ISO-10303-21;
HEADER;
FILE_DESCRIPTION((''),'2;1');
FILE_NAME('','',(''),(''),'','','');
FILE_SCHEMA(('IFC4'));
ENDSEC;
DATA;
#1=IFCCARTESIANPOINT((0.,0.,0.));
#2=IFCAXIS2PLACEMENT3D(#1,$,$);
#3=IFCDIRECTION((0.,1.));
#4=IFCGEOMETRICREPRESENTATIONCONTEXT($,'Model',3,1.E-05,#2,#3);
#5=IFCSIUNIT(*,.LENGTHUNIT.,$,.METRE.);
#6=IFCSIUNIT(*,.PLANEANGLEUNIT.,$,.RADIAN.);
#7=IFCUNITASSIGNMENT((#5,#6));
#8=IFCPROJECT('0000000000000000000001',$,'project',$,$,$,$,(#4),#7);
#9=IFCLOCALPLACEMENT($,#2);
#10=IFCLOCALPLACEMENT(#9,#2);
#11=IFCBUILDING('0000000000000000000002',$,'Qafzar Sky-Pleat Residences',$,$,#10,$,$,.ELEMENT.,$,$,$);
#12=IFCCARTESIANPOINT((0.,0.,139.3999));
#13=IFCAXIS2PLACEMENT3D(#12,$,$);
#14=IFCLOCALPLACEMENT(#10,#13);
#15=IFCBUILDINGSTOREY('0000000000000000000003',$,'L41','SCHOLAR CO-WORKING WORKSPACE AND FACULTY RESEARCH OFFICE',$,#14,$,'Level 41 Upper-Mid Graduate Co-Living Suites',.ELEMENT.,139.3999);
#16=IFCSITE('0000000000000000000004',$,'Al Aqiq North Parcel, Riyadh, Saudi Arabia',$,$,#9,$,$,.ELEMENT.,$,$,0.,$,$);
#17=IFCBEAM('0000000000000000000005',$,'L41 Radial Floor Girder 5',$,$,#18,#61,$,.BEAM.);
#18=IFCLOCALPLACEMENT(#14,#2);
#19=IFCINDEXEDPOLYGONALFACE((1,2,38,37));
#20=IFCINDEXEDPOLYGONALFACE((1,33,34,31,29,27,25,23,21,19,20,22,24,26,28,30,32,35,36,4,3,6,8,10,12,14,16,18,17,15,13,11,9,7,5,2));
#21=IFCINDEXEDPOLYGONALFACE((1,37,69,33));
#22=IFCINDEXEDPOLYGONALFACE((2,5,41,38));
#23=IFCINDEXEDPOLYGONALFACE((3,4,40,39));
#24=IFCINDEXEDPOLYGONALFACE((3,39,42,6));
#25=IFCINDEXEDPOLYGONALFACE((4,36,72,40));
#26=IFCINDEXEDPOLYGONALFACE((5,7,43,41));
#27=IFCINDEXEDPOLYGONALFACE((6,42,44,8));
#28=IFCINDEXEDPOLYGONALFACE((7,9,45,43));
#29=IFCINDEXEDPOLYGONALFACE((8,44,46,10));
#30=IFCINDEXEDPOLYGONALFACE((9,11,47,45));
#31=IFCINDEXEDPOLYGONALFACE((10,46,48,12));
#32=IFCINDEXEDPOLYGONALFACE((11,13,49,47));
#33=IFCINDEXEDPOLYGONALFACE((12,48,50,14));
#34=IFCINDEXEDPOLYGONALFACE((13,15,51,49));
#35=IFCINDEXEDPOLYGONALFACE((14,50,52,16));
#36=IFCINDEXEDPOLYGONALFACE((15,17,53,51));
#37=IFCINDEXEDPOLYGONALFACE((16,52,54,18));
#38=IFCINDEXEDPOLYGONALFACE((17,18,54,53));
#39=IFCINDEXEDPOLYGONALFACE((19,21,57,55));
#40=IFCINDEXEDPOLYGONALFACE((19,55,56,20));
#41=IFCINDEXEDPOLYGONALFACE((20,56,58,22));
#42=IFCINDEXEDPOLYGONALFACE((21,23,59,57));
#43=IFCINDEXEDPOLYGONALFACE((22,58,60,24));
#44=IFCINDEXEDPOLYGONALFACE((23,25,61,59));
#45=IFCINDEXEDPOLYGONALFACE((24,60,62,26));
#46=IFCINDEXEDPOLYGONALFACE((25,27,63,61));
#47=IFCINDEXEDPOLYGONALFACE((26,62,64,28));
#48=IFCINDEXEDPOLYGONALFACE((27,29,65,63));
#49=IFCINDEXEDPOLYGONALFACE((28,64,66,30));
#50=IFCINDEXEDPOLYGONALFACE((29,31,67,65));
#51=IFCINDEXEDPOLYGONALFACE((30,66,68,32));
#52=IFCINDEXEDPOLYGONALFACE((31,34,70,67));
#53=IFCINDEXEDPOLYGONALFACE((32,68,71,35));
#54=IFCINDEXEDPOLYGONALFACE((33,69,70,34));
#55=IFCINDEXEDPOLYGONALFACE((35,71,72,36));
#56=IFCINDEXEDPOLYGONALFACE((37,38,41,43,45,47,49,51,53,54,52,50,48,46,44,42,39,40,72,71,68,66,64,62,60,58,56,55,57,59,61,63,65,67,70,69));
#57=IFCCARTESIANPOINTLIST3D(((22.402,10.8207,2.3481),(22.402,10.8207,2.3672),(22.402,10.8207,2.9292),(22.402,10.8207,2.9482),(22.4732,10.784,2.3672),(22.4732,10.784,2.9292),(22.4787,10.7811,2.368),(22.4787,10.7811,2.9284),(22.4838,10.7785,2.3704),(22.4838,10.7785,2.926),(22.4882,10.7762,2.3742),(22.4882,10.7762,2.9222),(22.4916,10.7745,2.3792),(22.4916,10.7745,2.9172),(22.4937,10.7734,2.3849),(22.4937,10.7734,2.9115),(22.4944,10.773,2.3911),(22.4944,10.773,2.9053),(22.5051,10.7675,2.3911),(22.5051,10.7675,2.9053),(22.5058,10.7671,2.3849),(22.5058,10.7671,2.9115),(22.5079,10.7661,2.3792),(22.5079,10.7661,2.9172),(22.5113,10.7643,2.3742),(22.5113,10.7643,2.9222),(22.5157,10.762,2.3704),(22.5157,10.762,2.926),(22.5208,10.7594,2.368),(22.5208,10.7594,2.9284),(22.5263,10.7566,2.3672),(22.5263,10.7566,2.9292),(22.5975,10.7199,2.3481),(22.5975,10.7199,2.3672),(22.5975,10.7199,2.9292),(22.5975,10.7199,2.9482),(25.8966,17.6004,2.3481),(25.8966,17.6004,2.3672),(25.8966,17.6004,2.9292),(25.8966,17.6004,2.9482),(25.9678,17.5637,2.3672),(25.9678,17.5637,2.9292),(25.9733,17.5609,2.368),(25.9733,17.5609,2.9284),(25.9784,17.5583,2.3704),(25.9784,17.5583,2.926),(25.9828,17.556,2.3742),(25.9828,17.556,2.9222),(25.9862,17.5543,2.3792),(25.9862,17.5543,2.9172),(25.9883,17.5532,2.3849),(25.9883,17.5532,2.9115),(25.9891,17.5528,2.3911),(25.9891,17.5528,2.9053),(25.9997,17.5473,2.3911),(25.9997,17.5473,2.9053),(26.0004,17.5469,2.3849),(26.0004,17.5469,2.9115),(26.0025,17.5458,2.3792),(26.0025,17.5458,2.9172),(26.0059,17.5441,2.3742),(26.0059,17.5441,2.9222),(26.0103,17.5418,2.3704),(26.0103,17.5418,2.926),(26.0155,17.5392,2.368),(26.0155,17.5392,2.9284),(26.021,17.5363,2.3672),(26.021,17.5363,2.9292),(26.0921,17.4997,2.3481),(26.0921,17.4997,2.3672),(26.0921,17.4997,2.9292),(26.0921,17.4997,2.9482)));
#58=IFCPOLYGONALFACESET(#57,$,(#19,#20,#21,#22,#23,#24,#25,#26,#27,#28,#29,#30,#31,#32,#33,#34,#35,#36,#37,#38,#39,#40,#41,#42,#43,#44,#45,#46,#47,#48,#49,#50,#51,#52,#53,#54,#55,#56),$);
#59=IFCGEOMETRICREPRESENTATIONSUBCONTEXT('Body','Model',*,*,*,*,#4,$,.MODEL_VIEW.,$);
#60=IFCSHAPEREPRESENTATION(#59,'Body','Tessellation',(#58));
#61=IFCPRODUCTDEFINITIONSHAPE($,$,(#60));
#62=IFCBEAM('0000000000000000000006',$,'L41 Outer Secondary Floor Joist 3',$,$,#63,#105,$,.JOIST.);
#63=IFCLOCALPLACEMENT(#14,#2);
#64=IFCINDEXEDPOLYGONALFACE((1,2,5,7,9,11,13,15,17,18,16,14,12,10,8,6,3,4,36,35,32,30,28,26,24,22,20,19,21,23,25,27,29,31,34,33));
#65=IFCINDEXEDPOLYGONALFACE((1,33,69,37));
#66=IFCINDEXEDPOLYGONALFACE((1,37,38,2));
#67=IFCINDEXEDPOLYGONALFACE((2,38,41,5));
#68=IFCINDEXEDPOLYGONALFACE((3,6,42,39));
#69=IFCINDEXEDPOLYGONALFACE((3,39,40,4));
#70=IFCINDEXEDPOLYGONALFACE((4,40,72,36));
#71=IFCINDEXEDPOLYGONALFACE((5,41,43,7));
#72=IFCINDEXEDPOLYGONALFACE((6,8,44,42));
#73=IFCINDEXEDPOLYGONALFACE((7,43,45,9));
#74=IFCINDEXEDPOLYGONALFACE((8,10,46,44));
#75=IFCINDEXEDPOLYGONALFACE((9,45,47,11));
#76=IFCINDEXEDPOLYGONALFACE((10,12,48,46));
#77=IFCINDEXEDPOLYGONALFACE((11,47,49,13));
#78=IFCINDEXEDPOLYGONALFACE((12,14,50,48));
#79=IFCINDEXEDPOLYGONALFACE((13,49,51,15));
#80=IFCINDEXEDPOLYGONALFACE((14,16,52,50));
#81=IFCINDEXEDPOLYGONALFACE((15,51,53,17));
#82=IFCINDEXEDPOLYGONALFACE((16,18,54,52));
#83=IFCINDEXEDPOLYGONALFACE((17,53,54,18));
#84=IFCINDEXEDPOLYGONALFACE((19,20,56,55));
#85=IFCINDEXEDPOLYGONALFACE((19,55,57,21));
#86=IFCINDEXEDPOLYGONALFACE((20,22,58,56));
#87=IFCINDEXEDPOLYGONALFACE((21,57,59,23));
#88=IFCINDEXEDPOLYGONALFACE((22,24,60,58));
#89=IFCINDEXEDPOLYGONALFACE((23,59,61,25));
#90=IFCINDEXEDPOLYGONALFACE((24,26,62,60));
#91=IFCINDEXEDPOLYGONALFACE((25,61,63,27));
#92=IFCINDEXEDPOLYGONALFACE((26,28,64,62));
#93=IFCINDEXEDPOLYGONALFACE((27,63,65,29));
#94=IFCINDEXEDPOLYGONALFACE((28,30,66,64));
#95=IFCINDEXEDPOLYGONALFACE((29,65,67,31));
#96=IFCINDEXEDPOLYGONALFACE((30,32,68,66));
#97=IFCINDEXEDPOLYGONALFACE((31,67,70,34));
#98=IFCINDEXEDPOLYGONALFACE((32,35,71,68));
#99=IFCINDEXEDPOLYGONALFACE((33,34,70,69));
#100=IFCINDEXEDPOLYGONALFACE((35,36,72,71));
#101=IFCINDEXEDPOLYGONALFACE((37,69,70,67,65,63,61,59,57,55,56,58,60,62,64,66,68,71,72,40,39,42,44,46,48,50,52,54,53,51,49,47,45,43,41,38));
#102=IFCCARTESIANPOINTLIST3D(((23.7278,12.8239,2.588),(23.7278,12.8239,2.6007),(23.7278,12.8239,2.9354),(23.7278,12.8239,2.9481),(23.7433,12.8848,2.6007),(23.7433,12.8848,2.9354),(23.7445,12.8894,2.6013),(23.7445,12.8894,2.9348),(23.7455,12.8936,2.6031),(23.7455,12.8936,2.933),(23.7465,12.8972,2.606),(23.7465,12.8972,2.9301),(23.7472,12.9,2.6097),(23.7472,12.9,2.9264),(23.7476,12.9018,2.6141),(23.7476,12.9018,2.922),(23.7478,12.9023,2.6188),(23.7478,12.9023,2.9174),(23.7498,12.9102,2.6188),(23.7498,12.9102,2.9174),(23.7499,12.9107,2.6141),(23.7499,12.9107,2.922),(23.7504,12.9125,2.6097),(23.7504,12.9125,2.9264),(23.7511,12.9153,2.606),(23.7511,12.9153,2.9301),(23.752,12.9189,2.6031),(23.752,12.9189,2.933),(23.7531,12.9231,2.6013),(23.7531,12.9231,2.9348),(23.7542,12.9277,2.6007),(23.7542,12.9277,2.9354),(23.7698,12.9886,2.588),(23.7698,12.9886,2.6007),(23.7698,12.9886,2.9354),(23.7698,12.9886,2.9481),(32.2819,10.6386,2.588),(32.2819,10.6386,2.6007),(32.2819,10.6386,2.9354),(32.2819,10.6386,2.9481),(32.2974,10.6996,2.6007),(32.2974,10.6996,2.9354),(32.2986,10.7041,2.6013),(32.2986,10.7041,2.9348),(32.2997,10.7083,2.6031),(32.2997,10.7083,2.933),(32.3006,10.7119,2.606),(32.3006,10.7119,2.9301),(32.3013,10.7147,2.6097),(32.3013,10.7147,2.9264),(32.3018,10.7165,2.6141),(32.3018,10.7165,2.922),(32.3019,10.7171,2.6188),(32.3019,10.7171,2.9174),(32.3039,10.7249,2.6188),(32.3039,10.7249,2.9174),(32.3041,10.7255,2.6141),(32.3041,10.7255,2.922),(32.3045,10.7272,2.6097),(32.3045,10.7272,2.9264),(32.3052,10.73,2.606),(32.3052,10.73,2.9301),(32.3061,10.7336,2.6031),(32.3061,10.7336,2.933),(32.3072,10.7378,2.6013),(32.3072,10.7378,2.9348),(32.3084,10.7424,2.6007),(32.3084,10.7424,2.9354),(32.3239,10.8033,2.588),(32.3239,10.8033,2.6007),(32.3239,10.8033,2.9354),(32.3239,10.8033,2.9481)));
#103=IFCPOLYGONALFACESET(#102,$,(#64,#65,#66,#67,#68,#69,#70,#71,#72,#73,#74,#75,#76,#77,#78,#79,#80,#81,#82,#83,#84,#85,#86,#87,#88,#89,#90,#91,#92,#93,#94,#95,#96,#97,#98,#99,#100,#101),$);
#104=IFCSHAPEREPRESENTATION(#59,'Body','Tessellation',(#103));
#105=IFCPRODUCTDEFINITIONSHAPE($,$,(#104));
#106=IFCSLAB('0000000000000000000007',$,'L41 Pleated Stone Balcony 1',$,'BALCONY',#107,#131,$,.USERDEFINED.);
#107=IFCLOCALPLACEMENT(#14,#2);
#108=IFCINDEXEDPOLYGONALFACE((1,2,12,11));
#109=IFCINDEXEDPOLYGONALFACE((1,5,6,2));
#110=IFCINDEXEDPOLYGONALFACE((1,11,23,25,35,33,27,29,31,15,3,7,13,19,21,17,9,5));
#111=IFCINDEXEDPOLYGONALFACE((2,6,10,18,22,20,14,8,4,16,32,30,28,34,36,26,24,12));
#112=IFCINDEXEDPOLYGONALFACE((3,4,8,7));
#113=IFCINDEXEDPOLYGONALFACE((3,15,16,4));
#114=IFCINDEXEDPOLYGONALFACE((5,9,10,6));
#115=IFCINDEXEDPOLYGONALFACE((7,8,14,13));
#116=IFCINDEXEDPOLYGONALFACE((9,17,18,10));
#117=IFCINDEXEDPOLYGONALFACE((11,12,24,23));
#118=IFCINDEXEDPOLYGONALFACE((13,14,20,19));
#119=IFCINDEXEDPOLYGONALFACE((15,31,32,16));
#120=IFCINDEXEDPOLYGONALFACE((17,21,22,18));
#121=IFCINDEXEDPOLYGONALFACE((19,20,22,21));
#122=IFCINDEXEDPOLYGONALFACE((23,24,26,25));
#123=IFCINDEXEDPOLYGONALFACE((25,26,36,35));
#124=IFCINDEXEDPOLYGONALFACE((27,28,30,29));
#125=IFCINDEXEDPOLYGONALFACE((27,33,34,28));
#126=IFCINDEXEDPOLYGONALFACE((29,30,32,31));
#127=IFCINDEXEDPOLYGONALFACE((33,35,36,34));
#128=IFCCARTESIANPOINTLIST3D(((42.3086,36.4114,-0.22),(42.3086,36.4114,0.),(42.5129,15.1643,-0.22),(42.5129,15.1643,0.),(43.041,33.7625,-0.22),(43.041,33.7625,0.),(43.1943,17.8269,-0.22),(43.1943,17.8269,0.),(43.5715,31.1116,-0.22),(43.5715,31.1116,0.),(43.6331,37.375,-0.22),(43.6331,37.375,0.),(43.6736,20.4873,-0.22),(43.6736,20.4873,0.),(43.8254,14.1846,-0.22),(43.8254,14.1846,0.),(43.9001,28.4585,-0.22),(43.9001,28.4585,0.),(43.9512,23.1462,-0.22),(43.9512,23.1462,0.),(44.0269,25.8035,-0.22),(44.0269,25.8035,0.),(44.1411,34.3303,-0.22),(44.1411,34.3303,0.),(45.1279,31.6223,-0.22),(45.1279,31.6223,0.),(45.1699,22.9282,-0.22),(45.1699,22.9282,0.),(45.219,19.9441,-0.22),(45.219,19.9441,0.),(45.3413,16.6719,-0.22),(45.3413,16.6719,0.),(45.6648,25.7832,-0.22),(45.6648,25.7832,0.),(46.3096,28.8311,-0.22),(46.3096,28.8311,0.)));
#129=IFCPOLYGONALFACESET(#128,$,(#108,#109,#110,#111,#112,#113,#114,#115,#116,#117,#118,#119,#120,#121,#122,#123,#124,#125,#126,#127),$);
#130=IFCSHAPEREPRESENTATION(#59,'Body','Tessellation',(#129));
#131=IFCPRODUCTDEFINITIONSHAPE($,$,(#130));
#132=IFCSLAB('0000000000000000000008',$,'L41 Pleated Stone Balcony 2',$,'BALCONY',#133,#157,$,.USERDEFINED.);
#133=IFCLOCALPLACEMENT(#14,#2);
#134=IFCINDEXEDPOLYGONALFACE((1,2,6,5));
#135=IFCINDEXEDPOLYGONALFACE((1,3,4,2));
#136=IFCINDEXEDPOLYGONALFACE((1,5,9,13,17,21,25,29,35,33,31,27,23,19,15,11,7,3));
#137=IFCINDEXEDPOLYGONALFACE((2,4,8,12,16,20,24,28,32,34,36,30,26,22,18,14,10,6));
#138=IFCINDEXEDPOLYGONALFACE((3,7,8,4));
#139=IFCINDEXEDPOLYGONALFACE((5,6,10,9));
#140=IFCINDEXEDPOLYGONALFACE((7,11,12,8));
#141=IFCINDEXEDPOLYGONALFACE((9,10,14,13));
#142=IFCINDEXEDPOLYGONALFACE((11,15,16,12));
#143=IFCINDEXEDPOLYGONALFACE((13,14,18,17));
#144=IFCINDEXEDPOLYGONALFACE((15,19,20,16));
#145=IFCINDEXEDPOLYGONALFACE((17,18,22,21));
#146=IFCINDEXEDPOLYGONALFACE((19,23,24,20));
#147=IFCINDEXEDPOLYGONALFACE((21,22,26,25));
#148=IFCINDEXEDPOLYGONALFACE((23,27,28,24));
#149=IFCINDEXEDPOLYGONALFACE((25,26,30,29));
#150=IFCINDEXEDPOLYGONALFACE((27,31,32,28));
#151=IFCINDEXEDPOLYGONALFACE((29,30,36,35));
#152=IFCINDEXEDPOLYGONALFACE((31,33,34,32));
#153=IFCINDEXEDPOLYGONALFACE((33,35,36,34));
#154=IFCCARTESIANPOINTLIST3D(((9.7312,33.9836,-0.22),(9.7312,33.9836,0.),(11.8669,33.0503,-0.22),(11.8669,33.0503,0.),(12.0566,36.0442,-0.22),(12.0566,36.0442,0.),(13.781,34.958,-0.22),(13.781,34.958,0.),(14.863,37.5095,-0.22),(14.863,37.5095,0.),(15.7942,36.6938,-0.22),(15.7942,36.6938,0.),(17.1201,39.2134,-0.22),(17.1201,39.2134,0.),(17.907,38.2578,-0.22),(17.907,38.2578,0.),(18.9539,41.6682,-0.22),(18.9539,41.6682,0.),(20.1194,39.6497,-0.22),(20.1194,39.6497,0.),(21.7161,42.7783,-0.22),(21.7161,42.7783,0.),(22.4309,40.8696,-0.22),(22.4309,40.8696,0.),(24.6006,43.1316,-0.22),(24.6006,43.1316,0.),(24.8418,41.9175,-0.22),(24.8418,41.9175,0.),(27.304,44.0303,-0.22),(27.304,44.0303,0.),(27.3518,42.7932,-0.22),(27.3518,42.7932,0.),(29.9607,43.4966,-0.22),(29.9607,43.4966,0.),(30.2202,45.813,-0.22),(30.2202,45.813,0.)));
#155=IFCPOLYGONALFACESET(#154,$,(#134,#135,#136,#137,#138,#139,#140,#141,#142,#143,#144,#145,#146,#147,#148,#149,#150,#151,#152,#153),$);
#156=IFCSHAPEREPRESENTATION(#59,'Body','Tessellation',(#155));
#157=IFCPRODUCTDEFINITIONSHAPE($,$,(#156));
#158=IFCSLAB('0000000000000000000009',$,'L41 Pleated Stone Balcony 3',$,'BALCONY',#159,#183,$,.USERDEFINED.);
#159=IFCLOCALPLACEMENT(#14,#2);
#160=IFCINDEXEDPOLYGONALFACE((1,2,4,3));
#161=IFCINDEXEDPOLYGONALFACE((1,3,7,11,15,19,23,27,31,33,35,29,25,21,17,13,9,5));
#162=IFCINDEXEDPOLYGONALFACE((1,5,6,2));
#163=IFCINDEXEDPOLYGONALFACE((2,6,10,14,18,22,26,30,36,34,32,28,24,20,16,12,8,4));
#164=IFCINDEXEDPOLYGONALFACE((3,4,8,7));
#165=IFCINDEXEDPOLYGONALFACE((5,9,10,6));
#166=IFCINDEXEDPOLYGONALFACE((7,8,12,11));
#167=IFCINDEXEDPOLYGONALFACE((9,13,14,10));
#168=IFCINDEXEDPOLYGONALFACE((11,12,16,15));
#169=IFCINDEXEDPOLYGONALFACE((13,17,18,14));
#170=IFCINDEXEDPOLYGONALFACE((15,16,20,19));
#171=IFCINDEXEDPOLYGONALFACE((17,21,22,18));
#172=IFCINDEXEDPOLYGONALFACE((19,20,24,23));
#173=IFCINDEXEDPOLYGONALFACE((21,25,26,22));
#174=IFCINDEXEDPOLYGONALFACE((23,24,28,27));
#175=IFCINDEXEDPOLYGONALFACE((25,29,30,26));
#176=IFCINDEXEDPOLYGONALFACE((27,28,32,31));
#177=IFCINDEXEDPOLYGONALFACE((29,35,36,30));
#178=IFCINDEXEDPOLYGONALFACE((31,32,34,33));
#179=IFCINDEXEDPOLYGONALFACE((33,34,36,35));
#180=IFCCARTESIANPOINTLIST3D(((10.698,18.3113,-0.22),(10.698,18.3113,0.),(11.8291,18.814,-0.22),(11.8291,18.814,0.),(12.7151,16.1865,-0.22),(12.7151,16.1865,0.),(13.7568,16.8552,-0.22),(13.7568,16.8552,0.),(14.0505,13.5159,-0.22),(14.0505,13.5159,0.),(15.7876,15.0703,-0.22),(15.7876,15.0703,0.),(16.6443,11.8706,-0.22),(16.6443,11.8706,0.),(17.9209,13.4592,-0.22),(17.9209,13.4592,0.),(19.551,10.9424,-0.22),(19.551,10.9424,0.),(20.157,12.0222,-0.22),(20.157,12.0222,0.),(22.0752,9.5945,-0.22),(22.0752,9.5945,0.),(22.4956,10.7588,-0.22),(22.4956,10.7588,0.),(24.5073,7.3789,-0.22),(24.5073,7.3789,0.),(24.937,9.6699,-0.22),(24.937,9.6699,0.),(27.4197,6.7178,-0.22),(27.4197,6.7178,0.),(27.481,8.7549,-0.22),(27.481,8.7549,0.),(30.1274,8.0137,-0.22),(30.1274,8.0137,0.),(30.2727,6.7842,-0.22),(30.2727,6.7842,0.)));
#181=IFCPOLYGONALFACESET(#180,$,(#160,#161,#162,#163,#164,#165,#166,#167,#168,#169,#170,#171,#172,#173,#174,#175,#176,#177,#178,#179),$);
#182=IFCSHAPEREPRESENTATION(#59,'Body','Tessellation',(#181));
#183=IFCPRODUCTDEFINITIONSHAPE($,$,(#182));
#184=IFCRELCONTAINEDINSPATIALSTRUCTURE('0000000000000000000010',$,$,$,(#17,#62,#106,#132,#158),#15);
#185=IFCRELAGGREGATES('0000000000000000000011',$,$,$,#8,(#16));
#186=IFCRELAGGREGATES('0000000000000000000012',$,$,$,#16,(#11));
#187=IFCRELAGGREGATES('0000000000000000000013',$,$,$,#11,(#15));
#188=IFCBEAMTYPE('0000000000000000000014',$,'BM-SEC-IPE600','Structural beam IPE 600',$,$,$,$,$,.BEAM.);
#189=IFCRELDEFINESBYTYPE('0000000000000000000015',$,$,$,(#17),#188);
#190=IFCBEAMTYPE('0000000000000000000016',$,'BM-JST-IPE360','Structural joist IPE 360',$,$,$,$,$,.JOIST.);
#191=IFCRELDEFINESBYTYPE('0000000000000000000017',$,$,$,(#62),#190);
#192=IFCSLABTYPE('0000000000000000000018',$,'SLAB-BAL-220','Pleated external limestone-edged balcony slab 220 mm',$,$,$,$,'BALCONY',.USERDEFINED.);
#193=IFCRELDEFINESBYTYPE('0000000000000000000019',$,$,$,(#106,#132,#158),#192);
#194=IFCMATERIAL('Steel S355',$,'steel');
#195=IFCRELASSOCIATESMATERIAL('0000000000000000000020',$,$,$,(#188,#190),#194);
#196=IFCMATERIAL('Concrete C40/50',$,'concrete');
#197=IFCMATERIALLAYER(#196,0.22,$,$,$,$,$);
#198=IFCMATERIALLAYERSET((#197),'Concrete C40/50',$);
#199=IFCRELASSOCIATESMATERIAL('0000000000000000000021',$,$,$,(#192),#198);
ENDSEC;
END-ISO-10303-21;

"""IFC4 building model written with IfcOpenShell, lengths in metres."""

from ifc_helpers import new_model, si_unit, direction, frame, origin, origin_2d, place, context, subcontext, project, spatial, polyline, i_section, outline, extrude, source, transform, mapped, material, layer, layer_set, material_profile, profile_set, type_object, element, save


model = new_model("IFC4")

# Units and contexts
model_context = context("Model", 3, precision=1e-05, world=origin(), true_north=direction((0.0, 1.0)))
body_context = subcontext(model_context, "Body", "Model", "MODEL_VIEW")
ifc_project = project(units=[si_unit("LENGTHUNIT", "METRE"), si_unit("PLANEANGLEUNIT", "RADIAN")], contexts=[model_context])

# Site, building, storey
site_placement = place(None, origin())
site = spatial("IfcSite", under=ifc_project, at=site_placement, Name="Al Aqiq North Parcel, Riyadh, Saudi Arabia", CompositionType="ELEMENT", RefElevation=0.0)
building_placement = place(site_placement, origin())
building = spatial("IfcBuilding", under=site, at=building_placement, Name="Qafzar Sky-Pleat Residences", CompositionType="ELEMENT")
storey_placement = place(building_placement, frame((0.0, 0.0, 139.3999)))
storey = spatial("IfcBuildingStorey", under=building, at=storey_placement, Name="L41", Description="SCHOLAR CO-WORKING WORKSPACE AND FACULTY RESEARCH OFFICE", LongName="Level 41 Upper-Mid Graduate Co-Living Suites", CompositionType="ELEMENT", Elevation=139.3999)

# Shared definitions
ifc_material_1 = material(Name="Steel S355", Category="steel")

# Beams
ifc_material_profile_1 = material_profile(ifc_material_1, i_section(OverallWidth=0.22, OverallDepth=0.6001, WebThickness=0.012, FlangeThickness=0.019, FilletRadius=0.0239, at=origin_2d()), Name="IPE 600")
ifc_profile_set_1 = profile_set([ifc_material_profile_1], Name="Steel S355")
beam_type_1 = type_object("IfcBeamType", Name="BM-SEC-IPE600", Description="Structural beam IPE 600", PredefinedType="BEAM", material=ifc_profile_set_1)
shared_shape_1 = source(origin(), body_context, "Body", "SweptSolid", [
    extrude(i_section(OverallWidth=0.22, OverallDepth=0.6001, WebThickness=0.012, FlangeThickness=0.019, FilletRadius=0.0239, at=origin_2d()), origin(), (0.0, 0.0, 1.0), 7.6274),
])
beam_1_placement = place(storey_placement, frame((22.4998, 10.7703, 2.6482), z_axis=(0.458165, 0.888867, 0.0), x_axis=(-0.888867, 0.458165, 0.0)))
element("IfcBeam", 1, at=beam_1_placement, inside=storey, type_object=beam_type_1, Name="L41 Radial Floor Girder 5", PredefinedType="BEAM", context=body_context, shape_type="MappedRepresentation", body=[
    mapped(shared_shape_1, transform((0.0, 0.0, 0.0), x_axis=(1.0, 0.0, 0.0), y_axis=(0.0, 1.0, 0.0), z_axis=(0.0, 0.0, 1.0), scale=1.0)),
])
ifc_material_profile_2 = material_profile(ifc_material_1, i_section(OverallWidth=0.1699, OverallDepth=0.3601, WebThickness=0.0081, FlangeThickness=0.0127, FilletRadius=0.0181, at=origin_2d()), Name="IPE 360")
ifc_profile_set_2 = profile_set([ifc_material_profile_2], Name="Steel S355")
beam_type_2 = type_object("IfcBeamType", Name="BM-JST-IPE360", Description="Structural joist IPE 360", PredefinedType="JOIST", material=ifc_profile_set_2)
shared_shape_2 = source(origin(), body_context, "Body", "SweptSolid", [
    extrude(i_section(OverallWidth=0.1699, OverallDepth=0.3601, WebThickness=0.0081, FlangeThickness=0.0127, FilletRadius=0.0181, at=origin_2d()), origin(), (0.0, 0.0, 1.0), 8.8289),
])
beam_2_placement = place(storey_placement, frame((23.7488, 12.9062, 2.7681), z_axis=(0.968884, -0.247516, 0.0), x_axis=(0.247516, 0.968884, 0.0)))
element("IfcBeam", 2, at=beam_2_placement, inside=storey, type_object=beam_type_2, Name="L41 Outer Secondary Floor Joist 3", PredefinedType="JOIST", context=body_context, shape_type="MappedRepresentation", body=[
    mapped(shared_shape_2, transform((0.0, 0.0, 0.0), x_axis=(1.0, 0.0, 0.0), y_axis=(0.0, 1.0, 0.0), z_axis=(0.0, 0.0, 1.0), scale=1.0)),
])

# Slabs
ifc_material_2 = material(Name="Concrete C40/50", Category="concrete")
ifc_layer_1 = layer(ifc_material_2, 0.22)
ifc_layer_set_1 = layer_set([ifc_layer_1], Name="Concrete C40/50")
slab_type_1 = type_object("IfcSlabType", Name="SLAB-BAL-220", Description="Pleated external limestone-edged balcony slab 220 mm", ElementType="BALCONY", PredefinedType="USERDEFINED", material=ifc_layer_set_1)
slab_1_placement = place(storey_placement, frame((0.0, 0.0, -0.22)))
element("IfcSlab", 3, at=slab_1_placement, inside=storey, type_object=slab_type_1, Name="L41 Pleated Stone Balcony 1", ObjectType="BALCONY", PredefinedType="USERDEFINED", context=body_context, shape_type="SweptSolid", body=[
    extrude(outline(polyline([(43.1943, 17.8269), (43.6736, 20.4873), (43.9512, 23.1462), (44.0269, 25.8035), (43.9001, 28.4585), (43.5715, 31.1116), (43.041, 33.7625), (42.3086, 36.4114), (43.6331, 37.375), (44.1411, 34.3303), (45.1279, 31.6223), (46.3096, 28.8311), (45.6648, 25.7832), (45.1699, 22.9282), (45.219, 19.9441), (45.3413, 16.6719), (43.8254, 14.1846), (42.5129, 15.1643), (43.1943, 17.8269)])), origin(), (0.0, 0.0, 1.0), 0.22),
])
slab_2_placement = place(storey_placement, frame((0.0, 0.0, -0.22)))
element("IfcSlab", 4, at=slab_2_placement, inside=storey, type_object=slab_type_1, Name="L41 Pleated Stone Balcony 2", ObjectType="BALCONY", PredefinedType="USERDEFINED", context=body_context, shape_type="SweptSolid", body=[
    extrude(outline(polyline([(27.3518, 42.7932), (24.8418, 41.9175), (22.4309, 40.8696), (20.1194, 39.6497), (17.907, 38.2578), (15.7942, 36.6938), (13.781, 34.958), (11.8669, 33.0503), (9.7312, 33.9836), (12.0566, 36.0442), (14.863, 37.5095), (17.1201, 39.2134), (18.9539, 41.6682), (21.7161, 42.7783), (24.6006, 43.1316), (27.304, 44.0303), (30.2202, 45.813), (29.9607, 43.4966), (27.3518, 42.7932)])), origin(), (0.0, 0.0, 1.0), 0.22),
])
slab_3_placement = place(storey_placement, frame((0.0, 0.0, -0.22)))
element("IfcSlab", 5, at=slab_3_placement, inside=storey, type_object=slab_type_1, Name="L41 Pleated Stone Balcony 3", ObjectType="BALCONY", PredefinedType="USERDEFINED", context=body_context, shape_type="SweptSolid", body=[
    extrude(outline(polyline([(13.7568, 16.8552), (15.7876, 15.0703), (17.9209, 13.4592), (20.157, 12.0222), (22.4956, 10.7588), (24.937, 9.6699), (27.481, 8.7549), (30.1274, 8.0137), (30.2727, 6.7842), (27.4197, 6.7178), (24.5073, 7.3789), (22.0752, 9.5945), (19.551, 10.9424), (16.6443, 11.8706), (14.0505, 13.5159), (12.7151, 16.1865), (10.698, 18.3113), (11.8291, 18.814), (13.7568, 16.8552)])), origin(), (0.0, 0.0, 1.0), 0.22),
])

save(model, "model.ifc")
